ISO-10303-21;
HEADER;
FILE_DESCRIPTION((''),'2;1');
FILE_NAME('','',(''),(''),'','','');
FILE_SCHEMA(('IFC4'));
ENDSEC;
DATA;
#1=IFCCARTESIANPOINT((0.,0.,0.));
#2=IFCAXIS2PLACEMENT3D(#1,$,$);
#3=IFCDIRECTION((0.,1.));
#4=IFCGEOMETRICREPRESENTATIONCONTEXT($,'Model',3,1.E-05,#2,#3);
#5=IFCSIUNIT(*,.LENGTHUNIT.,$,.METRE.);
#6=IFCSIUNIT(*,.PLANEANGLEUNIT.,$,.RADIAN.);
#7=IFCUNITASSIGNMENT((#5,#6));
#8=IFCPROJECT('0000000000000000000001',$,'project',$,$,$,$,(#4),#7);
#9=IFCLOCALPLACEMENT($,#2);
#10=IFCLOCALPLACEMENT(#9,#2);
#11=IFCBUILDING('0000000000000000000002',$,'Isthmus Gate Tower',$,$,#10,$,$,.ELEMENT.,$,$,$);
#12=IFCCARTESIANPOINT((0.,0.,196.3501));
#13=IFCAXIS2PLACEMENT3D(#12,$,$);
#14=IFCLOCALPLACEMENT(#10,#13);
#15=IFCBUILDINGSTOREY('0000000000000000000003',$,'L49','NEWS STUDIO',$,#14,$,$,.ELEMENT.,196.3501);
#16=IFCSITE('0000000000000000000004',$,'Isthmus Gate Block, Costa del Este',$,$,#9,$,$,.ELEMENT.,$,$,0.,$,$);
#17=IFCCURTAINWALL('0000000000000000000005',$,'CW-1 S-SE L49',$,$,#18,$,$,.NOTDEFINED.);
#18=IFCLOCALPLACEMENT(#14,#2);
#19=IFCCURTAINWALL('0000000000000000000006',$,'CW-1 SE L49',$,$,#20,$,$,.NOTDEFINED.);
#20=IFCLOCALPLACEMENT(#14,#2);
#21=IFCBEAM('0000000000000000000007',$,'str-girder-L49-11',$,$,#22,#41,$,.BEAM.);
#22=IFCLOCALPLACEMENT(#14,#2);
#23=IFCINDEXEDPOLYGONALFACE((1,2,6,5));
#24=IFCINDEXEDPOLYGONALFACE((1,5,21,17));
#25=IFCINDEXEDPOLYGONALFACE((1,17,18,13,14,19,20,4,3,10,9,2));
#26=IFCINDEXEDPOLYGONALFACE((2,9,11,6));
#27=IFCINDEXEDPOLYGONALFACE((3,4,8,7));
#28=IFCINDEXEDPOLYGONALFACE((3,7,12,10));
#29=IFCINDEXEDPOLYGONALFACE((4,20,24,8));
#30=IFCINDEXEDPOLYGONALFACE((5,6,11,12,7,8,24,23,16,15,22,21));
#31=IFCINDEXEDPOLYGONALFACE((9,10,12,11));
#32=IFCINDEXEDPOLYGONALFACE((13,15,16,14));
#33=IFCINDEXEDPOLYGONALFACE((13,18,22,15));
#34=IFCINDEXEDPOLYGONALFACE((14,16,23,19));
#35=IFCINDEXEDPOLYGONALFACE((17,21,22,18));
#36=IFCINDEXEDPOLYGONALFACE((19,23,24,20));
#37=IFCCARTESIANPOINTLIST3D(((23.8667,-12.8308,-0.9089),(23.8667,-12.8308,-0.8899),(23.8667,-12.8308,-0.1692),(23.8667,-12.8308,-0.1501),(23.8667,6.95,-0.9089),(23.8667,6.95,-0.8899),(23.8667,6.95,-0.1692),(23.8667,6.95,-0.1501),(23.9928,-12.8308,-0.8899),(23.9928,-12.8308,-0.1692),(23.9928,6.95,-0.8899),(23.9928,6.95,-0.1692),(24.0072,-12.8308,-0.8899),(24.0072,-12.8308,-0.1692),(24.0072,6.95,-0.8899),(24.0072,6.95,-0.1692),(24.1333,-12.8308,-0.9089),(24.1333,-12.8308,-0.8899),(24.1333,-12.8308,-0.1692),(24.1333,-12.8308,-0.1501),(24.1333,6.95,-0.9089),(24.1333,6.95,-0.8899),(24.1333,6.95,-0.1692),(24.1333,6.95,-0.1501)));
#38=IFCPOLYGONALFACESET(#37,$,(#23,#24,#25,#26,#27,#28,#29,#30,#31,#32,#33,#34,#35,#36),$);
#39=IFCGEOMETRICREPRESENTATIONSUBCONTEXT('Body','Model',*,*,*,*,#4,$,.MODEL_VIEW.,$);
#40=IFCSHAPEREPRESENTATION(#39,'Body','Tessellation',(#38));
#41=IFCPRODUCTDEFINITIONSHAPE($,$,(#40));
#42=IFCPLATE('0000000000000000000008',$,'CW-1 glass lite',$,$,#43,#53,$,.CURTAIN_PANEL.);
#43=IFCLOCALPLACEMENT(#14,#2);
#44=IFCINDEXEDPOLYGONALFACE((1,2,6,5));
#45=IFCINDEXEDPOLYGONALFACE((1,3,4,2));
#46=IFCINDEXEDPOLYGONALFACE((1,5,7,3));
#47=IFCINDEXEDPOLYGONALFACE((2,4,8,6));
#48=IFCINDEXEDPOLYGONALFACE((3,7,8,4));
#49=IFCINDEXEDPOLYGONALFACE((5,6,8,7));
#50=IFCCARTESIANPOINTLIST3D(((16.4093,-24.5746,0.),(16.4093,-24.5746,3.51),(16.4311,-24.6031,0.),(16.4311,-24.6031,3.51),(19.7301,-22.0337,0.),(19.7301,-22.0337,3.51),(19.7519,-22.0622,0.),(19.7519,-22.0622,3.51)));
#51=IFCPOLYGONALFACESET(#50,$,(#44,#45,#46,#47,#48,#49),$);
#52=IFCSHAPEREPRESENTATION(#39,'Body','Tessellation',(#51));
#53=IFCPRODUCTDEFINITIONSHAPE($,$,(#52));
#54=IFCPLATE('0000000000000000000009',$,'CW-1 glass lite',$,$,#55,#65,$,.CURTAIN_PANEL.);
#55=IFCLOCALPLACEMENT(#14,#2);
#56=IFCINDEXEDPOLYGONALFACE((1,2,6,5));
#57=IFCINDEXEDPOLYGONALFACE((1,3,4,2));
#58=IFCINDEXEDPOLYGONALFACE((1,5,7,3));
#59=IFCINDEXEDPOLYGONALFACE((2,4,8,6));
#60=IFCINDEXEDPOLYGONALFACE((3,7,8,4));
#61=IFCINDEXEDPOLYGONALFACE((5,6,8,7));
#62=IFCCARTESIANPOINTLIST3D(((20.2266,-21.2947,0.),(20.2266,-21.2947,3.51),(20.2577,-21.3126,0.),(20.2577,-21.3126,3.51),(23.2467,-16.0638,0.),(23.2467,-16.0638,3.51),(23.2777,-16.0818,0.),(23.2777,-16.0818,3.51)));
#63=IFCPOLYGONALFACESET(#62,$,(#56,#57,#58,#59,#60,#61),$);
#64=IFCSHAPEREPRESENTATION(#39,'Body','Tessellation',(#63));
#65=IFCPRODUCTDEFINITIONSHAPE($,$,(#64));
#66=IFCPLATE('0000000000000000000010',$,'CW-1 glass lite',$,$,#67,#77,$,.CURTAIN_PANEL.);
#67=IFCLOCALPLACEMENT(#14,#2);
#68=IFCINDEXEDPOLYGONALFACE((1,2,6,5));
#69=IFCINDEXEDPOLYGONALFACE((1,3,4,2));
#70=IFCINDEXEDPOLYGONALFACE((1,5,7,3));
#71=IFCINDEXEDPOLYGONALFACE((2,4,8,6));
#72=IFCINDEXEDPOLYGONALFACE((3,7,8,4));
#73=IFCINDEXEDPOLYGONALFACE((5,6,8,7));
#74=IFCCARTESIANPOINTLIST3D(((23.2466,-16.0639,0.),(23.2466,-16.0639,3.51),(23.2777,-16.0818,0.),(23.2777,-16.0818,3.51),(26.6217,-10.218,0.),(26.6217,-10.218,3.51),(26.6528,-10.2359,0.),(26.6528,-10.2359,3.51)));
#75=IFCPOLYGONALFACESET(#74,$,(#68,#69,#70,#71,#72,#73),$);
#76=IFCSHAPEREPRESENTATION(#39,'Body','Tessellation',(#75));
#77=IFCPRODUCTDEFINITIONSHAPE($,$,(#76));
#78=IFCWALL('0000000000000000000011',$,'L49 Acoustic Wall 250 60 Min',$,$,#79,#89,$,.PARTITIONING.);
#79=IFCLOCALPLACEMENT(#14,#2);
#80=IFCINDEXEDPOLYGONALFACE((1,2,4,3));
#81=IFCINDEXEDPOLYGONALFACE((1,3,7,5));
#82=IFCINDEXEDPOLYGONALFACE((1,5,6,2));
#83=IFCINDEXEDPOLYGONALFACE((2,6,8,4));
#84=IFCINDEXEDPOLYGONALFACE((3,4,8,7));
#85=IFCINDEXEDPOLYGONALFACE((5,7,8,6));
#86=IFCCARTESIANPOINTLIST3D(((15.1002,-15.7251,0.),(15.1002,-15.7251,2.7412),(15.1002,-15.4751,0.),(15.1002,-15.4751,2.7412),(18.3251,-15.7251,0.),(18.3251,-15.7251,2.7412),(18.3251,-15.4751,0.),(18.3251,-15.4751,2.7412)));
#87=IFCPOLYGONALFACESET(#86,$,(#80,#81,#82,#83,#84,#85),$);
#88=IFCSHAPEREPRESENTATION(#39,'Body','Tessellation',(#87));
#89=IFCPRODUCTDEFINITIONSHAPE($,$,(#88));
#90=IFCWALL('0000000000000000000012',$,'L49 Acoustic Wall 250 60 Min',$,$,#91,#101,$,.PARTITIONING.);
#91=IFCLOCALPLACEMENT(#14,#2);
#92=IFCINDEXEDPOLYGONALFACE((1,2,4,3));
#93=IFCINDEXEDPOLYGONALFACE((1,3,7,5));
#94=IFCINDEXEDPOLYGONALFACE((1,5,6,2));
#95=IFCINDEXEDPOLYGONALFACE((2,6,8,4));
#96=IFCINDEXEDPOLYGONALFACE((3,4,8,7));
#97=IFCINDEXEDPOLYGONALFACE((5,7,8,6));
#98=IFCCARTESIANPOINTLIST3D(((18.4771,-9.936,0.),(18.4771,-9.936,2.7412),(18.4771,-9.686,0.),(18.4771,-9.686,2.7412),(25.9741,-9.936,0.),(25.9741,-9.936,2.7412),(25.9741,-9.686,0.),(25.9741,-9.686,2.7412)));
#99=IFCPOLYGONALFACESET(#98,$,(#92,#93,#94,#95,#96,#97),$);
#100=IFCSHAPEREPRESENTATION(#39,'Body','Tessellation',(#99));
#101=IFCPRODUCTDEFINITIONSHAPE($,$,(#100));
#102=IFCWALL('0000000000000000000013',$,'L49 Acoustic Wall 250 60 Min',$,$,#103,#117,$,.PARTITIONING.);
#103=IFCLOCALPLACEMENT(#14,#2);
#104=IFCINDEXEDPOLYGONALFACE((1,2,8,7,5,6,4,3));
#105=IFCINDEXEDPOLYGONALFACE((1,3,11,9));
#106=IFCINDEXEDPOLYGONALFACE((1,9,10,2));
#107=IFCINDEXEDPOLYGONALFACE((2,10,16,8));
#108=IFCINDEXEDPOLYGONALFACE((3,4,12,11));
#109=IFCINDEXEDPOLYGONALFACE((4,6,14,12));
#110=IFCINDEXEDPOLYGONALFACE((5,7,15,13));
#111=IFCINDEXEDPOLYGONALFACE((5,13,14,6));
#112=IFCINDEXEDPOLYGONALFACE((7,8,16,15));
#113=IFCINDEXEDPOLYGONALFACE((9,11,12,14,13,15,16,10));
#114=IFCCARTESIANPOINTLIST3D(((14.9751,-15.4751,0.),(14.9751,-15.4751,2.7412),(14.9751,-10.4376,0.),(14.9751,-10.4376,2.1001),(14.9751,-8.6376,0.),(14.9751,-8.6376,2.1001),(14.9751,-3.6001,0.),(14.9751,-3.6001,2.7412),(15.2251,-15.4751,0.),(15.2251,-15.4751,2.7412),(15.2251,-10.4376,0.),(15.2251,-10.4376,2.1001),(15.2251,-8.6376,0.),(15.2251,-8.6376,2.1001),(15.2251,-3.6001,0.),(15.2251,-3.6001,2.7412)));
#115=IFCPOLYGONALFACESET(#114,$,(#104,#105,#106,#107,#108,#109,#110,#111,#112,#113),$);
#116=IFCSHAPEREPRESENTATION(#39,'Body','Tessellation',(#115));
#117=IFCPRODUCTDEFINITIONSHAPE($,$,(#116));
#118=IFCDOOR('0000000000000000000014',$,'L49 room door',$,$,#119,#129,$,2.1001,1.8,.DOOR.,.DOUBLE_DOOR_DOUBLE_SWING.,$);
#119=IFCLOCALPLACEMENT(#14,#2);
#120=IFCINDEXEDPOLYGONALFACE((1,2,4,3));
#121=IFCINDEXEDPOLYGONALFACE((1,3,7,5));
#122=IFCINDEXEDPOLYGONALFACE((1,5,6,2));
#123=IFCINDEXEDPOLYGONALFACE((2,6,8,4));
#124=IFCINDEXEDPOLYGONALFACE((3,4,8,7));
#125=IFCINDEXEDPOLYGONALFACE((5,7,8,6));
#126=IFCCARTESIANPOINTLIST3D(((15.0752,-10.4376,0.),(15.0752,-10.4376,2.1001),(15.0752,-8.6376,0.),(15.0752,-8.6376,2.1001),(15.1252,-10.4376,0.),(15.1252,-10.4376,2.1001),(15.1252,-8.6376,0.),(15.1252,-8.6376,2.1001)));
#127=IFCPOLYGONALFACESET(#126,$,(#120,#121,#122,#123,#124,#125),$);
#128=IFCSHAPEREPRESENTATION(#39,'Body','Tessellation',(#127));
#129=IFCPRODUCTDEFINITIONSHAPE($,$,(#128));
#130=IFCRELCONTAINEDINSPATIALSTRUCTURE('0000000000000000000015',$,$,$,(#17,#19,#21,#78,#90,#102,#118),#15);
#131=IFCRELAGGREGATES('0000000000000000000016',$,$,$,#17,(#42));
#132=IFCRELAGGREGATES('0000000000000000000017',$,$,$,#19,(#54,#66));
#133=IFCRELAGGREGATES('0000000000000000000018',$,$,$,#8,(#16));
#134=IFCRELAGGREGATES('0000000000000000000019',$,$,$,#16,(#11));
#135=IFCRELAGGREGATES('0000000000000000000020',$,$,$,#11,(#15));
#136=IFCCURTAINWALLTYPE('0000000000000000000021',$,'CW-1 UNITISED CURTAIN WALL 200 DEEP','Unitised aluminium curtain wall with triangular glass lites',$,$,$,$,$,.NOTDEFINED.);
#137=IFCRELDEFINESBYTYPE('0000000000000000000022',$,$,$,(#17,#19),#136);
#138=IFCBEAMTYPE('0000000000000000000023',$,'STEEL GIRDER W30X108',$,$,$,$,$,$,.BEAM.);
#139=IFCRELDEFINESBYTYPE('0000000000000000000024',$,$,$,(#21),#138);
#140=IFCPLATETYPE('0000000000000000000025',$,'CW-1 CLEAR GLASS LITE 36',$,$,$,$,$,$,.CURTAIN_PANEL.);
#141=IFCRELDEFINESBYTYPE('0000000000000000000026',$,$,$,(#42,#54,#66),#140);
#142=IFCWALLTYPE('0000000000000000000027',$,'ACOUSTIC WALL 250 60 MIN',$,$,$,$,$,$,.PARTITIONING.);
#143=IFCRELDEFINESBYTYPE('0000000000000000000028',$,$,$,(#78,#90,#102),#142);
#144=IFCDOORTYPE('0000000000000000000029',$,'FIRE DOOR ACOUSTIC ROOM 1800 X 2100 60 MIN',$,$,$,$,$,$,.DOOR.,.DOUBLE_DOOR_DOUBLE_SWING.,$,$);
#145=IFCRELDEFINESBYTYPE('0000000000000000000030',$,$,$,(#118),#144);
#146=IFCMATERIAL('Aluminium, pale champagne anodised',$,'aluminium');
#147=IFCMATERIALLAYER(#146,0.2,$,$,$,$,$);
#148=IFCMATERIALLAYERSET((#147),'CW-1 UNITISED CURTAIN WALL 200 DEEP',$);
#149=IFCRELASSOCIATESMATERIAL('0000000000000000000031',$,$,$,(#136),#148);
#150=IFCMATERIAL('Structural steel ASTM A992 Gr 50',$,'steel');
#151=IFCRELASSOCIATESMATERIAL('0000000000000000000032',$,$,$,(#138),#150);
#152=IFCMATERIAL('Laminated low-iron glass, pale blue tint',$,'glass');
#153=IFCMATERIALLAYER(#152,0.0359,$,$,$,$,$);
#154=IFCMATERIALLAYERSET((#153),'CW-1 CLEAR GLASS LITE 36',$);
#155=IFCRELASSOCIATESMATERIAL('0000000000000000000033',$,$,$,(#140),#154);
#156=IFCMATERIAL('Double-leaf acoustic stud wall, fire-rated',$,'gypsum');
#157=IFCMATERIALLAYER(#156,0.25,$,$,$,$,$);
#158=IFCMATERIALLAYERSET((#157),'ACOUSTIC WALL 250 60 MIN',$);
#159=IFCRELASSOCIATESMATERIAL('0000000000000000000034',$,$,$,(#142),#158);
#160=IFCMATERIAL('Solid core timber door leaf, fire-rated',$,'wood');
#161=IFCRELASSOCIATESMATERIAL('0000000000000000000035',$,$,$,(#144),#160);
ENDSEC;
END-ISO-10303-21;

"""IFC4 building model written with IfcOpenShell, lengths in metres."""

from ifc_helpers import new_model, si_unit, direction, frame, frame_2d, origin, origin_2d, place, context, subcontext, project, spatial, rectangle, i_section, extrude, material, layer, layer_set, material_profile, profile_set, type_object, element, fill, aggregate, save


model = new_model("IFC4")

# Units and contexts
model_context = context("Model", 3, precision=1e-05, world=origin(), true_north=direction((0.0, 1.0)))
body_context = subcontext(model_context, "Body", "Model", "MODEL_VIEW")
ifc_project = project(units=[si_unit("LENGTHUNIT", "METRE"), si_unit("PLANEANGLEUNIT", "RADIAN")], contexts=[model_context])

# Site, building, storey
site_placement = place(None, origin())
site = spatial("IfcSite", under=ifc_project, at=site_placement, Name="Isthmus Gate Block, Costa del Este", CompositionType="ELEMENT", RefElevation=0.0)
building_placement = place(site_placement, origin())
building = spatial("IfcBuilding", under=site, at=building_placement, Name="Isthmus Gate Tower", CompositionType="ELEMENT")
storey_placement = place(building_placement, frame((0.0, 0.0, 196.3501)))
storey = spatial("IfcBuildingStorey", under=building, at=storey_placement, Name="L49", Description="NEWS STUDIO", CompositionType="ELEMENT", Elevation=196.3501)

# Curtain wall
ifc_material_1 = material(Name="Aluminium, pale champagne anodised", Category="aluminium")
ifc_layer_1 = layer(ifc_material_1, 0.2)
ifc_layer_set_1 = layer_set([ifc_layer_1], Name="CW-1 UNITISED CURTAIN WALL 200 DEEP")
curtain_wall_type = type_object("IfcCurtainWallType", Name="CW-1 UNITISED CURTAIN WALL 200 DEEP", Description="Unitised aluminium curtain wall with triangular glass lites", PredefinedType="NOTDEFINED", material=ifc_layer_set_1)
curtain_wall_1_placement = place(storey_placement, origin())
curtain_wall_1 = element("IfcCurtainWall", 1, at=curtain_wall_1_placement, inside=storey, type_object=curtain_wall_type, Name="CW-1 S-SE L49", PredefinedType="NOTDEFINED")

# Curtain wall
curtain_wall_2_placement = place(storey_placement, origin())
curtain_wall_2 = element("IfcCurtainWall", 2, at=curtain_wall_2_placement, inside=storey, type_object=curtain_wall_type, Name="CW-1 SE L49", PredefinedType="NOTDEFINED")

# Beam
ifc_material_2 = material(Name="Structural steel ASTM A992 Gr 50", Category="steel")
ifc_material_profile_1 = material_profile(ifc_material_2, i_section(OverallWidth=0.2666, OverallDepth=0.7588, WebThickness=0.0144, FlangeThickness=0.019, at=origin_2d()), Name="W30X108")
ifc_profile_set_1 = profile_set([ifc_material_profile_1], Name="Structural steel ASTM A992 Gr 50")
beam_type_1 = type_object("IfcBeamType", Name="STEEL GIRDER W30X108", PredefinedType="BEAM", material=ifc_profile_set_1)
beam_1_placement = place(storey_placement, frame((24.0, -12.8308, -0.5295), z_axis=(0.0, 1.0, 0.0), x_axis=(-1.0, 0.0, 0.0)))
element("IfcBeam", 3, at=beam_1_placement, inside=storey, type_object=beam_type_1, Name="str-girder-L49-11", PredefinedType="BEAM", context=body_context, shape_type="SweptSolid", body=[
    extrude(i_section(OverallWidth=0.2666, OverallDepth=0.7588, WebThickness=0.0144, FlangeThickness=0.019, at=origin_2d()), origin(), (0.0, 0.0, 1.0), 19.7808),
])

# Plates
ifc_material_3 = material(Name="Laminated low-iron glass, pale blue tint", Category="glass")
ifc_layer_2 = layer(ifc_material_3, 0.0359)
ifc_layer_set_2 = layer_set([ifc_layer_2], Name="CW-1 CLEAR GLASS LITE 36")
plate_type = type_object("IfcPlateType", Name="CW-1 CLEAR GLASS LITE 36", PredefinedType="CURTAIN_PANEL", material=ifc_layer_set_2)
plate_1_placement = place(storey_placement, frame((18.0806, -23.3184, 0.0), z_axis=(0.0, 0.0, 1.0), x_axis=(0.794189, 0.607671, 0.0)))
plate_1 = element("IfcPlate", 4, at=plate_1_placement, type_object=plate_type, Name="CW-1 glass lite", PredefinedType="CURTAIN_PANEL", context=body_context, shape_type="SweptSolid", body=[
    extrude(rectangle(XDim=4.1814, YDim=0.0359, at=origin_2d()), origin(), (0.0, 0.0, 1.0), 3.51),
])
aggregate(curtain_wall_1, [plate_1])
plate_2_placement = place(storey_placement, frame((21.7522, -18.6882, 0.0), z_axis=(0.0, 0.0, 1.0), x_axis=(0.5, 0.866025, 0.0)))
plate_2 = element("IfcPlate", 5, at=plate_2_placement, type_object=plate_type, Name="CW-1 glass lite", PredefinedType="CURTAIN_PANEL", context=body_context, shape_type="SweptSolid", body=[
    extrude(rectangle(XDim=6.04, YDim=0.0359, at=origin_2d()), origin(), (0.0, 0.0, 1.0), 3.51),
])
plate_3_placement = place(storey_placement, frame((24.9497, -13.1499, 0.0), z_axis=(0.0, 0.0, 1.0), x_axis=(0.5, 0.866025, 0.0)))
plate_3 = element("IfcPlate", 6, at=plate_3_placement, type_object=plate_type, Name="CW-1 glass lite", PredefinedType="CURTAIN_PANEL", context=body_context, shape_type="SweptSolid", body=[
    extrude(rectangle(XDim=6.7502, YDim=0.0359, at=origin_2d()), origin(), (0.0, 0.0, 1.0), 3.51),
])
aggregate(curtain_wall_2, [plate_2, plate_3])

# Walls
ifc_material_4 = material(Name="Double-leaf acoustic stud wall, fire-rated", Category="gypsum")
ifc_layer_3 = layer(ifc_material_4, 0.25)
ifc_layer_set_3 = layer_set([ifc_layer_3], Name="ACOUSTIC WALL 250 60 MIN")
wall_type = type_object("IfcWallType", Name="ACOUSTIC WALL 250 60 MIN", PredefinedType="PARTITIONING", material=ifc_layer_set_3)
wall_1_placement = place(storey_placement, frame((18.325, -15.6001, 0.0), z_axis=(0.0, 0.0, 1.0), x_axis=(-1.0, 0.0, 0.0)))
element("IfcWall", 7, at=wall_1_placement, inside=storey, type_object=wall_type, Name="L49 Acoustic Wall 250 60 Min", PredefinedType="PARTITIONING", context=body_context, shape_type="SweptSolid", body=[
    extrude(rectangle(XDim=3.2249, YDim=0.25, at=frame_2d((1.6123, 0.0))), origin(), (0.0, 0.0, 1.0), 2.7412),
])
wall_2_placement = place(storey_placement, frame((18.4771, -9.811, 0.0), z_axis=(0.0, 0.0, 1.0), x_axis=(1.0, 0.0, 0.0)))
element("IfcWall", 8, at=wall_2_placement, inside=storey, type_object=wall_type, Name="L49 Acoustic Wall 250 60 Min", PredefinedType="PARTITIONING", context=body_context, shape_type="SweptSolid", body=[
    extrude(rectangle(XDim=7.4971, YDim=0.25, at=frame_2d((3.7485, 0.0))), origin(), (0.0, 0.0, 1.0), 2.7412),
])

# Wall, opening, door
wall_3_placement = place(storey_placement, frame((15.1001, -15.4751, 0.0), z_axis=(0.0, 0.0, 1.0), x_axis=(0.0, 1.0, 0.0)))
wall_3 = element("IfcWall", 9, at=wall_3_placement, inside=storey, type_object=wall_type, Name="L49 Acoustic Wall 250 60 Min", PredefinedType="PARTITIONING", context=body_context, shape_type="SweptSolid", body=[
    extrude(rectangle(XDim=11.875, YDim=0.25, at=frame_2d((5.9375, 0.0))), origin(), (0.0, 0.0, 1.0), 2.7412),
])
opening_placement = place(wall_3_placement, frame((5.0376, 0.0, 0.0)))
opening = element("IfcOpeningElement", 10, at=opening_placement, cuts=wall_3, PredefinedType="OPENING", context=body_context, shape_type="SweptSolid", body=[
    extrude(rectangle(XDim=1.8, YDim=2.1001, at=frame_2d((0.8999, 1.05))), frame((0.0, 0.135, 0.0), z_axis=(0.0, -1.0, 0.0), x_axis=(1.0, 0.0, 0.0)), (0.0, 0.0, 1.0), 0.27),
])
ifc_material_5 = material(Name="Solid core timber door leaf, fire-rated", Category="wood")
door_type = type_object("IfcDoorType", Name="FIRE DOOR ACOUSTIC ROOM 1800 X 2100 60 MIN", OperationType="DOUBLE_DOOR_DOUBLE_SWING", PredefinedType="DOOR", material=ifc_material_5)
door_placement = place(opening_placement, origin())
door = element("IfcDoor", 11, at=door_placement, inside=storey, type_object=door_type, Name="L49 room door", OperationType="DOUBLE_DOOR_DOUBLE_SWING", OverallHeight=2.1001, OverallWidth=1.8, PredefinedType="DOOR", context=body_context, shape_type="SweptSolid", body=[
    extrude(rectangle(XDim=1.8, YDim=2.1001, at=frame_2d((0.8999, 1.05))), frame((0.0, 0.0249, 0.0), z_axis=(0.0, -1.0, 0.0), x_axis=(1.0, 0.0, 0.0)), (0.0, 0.0, 1.0), 0.05),
])
fill(opening, door)

save(model, "model.ifc")
